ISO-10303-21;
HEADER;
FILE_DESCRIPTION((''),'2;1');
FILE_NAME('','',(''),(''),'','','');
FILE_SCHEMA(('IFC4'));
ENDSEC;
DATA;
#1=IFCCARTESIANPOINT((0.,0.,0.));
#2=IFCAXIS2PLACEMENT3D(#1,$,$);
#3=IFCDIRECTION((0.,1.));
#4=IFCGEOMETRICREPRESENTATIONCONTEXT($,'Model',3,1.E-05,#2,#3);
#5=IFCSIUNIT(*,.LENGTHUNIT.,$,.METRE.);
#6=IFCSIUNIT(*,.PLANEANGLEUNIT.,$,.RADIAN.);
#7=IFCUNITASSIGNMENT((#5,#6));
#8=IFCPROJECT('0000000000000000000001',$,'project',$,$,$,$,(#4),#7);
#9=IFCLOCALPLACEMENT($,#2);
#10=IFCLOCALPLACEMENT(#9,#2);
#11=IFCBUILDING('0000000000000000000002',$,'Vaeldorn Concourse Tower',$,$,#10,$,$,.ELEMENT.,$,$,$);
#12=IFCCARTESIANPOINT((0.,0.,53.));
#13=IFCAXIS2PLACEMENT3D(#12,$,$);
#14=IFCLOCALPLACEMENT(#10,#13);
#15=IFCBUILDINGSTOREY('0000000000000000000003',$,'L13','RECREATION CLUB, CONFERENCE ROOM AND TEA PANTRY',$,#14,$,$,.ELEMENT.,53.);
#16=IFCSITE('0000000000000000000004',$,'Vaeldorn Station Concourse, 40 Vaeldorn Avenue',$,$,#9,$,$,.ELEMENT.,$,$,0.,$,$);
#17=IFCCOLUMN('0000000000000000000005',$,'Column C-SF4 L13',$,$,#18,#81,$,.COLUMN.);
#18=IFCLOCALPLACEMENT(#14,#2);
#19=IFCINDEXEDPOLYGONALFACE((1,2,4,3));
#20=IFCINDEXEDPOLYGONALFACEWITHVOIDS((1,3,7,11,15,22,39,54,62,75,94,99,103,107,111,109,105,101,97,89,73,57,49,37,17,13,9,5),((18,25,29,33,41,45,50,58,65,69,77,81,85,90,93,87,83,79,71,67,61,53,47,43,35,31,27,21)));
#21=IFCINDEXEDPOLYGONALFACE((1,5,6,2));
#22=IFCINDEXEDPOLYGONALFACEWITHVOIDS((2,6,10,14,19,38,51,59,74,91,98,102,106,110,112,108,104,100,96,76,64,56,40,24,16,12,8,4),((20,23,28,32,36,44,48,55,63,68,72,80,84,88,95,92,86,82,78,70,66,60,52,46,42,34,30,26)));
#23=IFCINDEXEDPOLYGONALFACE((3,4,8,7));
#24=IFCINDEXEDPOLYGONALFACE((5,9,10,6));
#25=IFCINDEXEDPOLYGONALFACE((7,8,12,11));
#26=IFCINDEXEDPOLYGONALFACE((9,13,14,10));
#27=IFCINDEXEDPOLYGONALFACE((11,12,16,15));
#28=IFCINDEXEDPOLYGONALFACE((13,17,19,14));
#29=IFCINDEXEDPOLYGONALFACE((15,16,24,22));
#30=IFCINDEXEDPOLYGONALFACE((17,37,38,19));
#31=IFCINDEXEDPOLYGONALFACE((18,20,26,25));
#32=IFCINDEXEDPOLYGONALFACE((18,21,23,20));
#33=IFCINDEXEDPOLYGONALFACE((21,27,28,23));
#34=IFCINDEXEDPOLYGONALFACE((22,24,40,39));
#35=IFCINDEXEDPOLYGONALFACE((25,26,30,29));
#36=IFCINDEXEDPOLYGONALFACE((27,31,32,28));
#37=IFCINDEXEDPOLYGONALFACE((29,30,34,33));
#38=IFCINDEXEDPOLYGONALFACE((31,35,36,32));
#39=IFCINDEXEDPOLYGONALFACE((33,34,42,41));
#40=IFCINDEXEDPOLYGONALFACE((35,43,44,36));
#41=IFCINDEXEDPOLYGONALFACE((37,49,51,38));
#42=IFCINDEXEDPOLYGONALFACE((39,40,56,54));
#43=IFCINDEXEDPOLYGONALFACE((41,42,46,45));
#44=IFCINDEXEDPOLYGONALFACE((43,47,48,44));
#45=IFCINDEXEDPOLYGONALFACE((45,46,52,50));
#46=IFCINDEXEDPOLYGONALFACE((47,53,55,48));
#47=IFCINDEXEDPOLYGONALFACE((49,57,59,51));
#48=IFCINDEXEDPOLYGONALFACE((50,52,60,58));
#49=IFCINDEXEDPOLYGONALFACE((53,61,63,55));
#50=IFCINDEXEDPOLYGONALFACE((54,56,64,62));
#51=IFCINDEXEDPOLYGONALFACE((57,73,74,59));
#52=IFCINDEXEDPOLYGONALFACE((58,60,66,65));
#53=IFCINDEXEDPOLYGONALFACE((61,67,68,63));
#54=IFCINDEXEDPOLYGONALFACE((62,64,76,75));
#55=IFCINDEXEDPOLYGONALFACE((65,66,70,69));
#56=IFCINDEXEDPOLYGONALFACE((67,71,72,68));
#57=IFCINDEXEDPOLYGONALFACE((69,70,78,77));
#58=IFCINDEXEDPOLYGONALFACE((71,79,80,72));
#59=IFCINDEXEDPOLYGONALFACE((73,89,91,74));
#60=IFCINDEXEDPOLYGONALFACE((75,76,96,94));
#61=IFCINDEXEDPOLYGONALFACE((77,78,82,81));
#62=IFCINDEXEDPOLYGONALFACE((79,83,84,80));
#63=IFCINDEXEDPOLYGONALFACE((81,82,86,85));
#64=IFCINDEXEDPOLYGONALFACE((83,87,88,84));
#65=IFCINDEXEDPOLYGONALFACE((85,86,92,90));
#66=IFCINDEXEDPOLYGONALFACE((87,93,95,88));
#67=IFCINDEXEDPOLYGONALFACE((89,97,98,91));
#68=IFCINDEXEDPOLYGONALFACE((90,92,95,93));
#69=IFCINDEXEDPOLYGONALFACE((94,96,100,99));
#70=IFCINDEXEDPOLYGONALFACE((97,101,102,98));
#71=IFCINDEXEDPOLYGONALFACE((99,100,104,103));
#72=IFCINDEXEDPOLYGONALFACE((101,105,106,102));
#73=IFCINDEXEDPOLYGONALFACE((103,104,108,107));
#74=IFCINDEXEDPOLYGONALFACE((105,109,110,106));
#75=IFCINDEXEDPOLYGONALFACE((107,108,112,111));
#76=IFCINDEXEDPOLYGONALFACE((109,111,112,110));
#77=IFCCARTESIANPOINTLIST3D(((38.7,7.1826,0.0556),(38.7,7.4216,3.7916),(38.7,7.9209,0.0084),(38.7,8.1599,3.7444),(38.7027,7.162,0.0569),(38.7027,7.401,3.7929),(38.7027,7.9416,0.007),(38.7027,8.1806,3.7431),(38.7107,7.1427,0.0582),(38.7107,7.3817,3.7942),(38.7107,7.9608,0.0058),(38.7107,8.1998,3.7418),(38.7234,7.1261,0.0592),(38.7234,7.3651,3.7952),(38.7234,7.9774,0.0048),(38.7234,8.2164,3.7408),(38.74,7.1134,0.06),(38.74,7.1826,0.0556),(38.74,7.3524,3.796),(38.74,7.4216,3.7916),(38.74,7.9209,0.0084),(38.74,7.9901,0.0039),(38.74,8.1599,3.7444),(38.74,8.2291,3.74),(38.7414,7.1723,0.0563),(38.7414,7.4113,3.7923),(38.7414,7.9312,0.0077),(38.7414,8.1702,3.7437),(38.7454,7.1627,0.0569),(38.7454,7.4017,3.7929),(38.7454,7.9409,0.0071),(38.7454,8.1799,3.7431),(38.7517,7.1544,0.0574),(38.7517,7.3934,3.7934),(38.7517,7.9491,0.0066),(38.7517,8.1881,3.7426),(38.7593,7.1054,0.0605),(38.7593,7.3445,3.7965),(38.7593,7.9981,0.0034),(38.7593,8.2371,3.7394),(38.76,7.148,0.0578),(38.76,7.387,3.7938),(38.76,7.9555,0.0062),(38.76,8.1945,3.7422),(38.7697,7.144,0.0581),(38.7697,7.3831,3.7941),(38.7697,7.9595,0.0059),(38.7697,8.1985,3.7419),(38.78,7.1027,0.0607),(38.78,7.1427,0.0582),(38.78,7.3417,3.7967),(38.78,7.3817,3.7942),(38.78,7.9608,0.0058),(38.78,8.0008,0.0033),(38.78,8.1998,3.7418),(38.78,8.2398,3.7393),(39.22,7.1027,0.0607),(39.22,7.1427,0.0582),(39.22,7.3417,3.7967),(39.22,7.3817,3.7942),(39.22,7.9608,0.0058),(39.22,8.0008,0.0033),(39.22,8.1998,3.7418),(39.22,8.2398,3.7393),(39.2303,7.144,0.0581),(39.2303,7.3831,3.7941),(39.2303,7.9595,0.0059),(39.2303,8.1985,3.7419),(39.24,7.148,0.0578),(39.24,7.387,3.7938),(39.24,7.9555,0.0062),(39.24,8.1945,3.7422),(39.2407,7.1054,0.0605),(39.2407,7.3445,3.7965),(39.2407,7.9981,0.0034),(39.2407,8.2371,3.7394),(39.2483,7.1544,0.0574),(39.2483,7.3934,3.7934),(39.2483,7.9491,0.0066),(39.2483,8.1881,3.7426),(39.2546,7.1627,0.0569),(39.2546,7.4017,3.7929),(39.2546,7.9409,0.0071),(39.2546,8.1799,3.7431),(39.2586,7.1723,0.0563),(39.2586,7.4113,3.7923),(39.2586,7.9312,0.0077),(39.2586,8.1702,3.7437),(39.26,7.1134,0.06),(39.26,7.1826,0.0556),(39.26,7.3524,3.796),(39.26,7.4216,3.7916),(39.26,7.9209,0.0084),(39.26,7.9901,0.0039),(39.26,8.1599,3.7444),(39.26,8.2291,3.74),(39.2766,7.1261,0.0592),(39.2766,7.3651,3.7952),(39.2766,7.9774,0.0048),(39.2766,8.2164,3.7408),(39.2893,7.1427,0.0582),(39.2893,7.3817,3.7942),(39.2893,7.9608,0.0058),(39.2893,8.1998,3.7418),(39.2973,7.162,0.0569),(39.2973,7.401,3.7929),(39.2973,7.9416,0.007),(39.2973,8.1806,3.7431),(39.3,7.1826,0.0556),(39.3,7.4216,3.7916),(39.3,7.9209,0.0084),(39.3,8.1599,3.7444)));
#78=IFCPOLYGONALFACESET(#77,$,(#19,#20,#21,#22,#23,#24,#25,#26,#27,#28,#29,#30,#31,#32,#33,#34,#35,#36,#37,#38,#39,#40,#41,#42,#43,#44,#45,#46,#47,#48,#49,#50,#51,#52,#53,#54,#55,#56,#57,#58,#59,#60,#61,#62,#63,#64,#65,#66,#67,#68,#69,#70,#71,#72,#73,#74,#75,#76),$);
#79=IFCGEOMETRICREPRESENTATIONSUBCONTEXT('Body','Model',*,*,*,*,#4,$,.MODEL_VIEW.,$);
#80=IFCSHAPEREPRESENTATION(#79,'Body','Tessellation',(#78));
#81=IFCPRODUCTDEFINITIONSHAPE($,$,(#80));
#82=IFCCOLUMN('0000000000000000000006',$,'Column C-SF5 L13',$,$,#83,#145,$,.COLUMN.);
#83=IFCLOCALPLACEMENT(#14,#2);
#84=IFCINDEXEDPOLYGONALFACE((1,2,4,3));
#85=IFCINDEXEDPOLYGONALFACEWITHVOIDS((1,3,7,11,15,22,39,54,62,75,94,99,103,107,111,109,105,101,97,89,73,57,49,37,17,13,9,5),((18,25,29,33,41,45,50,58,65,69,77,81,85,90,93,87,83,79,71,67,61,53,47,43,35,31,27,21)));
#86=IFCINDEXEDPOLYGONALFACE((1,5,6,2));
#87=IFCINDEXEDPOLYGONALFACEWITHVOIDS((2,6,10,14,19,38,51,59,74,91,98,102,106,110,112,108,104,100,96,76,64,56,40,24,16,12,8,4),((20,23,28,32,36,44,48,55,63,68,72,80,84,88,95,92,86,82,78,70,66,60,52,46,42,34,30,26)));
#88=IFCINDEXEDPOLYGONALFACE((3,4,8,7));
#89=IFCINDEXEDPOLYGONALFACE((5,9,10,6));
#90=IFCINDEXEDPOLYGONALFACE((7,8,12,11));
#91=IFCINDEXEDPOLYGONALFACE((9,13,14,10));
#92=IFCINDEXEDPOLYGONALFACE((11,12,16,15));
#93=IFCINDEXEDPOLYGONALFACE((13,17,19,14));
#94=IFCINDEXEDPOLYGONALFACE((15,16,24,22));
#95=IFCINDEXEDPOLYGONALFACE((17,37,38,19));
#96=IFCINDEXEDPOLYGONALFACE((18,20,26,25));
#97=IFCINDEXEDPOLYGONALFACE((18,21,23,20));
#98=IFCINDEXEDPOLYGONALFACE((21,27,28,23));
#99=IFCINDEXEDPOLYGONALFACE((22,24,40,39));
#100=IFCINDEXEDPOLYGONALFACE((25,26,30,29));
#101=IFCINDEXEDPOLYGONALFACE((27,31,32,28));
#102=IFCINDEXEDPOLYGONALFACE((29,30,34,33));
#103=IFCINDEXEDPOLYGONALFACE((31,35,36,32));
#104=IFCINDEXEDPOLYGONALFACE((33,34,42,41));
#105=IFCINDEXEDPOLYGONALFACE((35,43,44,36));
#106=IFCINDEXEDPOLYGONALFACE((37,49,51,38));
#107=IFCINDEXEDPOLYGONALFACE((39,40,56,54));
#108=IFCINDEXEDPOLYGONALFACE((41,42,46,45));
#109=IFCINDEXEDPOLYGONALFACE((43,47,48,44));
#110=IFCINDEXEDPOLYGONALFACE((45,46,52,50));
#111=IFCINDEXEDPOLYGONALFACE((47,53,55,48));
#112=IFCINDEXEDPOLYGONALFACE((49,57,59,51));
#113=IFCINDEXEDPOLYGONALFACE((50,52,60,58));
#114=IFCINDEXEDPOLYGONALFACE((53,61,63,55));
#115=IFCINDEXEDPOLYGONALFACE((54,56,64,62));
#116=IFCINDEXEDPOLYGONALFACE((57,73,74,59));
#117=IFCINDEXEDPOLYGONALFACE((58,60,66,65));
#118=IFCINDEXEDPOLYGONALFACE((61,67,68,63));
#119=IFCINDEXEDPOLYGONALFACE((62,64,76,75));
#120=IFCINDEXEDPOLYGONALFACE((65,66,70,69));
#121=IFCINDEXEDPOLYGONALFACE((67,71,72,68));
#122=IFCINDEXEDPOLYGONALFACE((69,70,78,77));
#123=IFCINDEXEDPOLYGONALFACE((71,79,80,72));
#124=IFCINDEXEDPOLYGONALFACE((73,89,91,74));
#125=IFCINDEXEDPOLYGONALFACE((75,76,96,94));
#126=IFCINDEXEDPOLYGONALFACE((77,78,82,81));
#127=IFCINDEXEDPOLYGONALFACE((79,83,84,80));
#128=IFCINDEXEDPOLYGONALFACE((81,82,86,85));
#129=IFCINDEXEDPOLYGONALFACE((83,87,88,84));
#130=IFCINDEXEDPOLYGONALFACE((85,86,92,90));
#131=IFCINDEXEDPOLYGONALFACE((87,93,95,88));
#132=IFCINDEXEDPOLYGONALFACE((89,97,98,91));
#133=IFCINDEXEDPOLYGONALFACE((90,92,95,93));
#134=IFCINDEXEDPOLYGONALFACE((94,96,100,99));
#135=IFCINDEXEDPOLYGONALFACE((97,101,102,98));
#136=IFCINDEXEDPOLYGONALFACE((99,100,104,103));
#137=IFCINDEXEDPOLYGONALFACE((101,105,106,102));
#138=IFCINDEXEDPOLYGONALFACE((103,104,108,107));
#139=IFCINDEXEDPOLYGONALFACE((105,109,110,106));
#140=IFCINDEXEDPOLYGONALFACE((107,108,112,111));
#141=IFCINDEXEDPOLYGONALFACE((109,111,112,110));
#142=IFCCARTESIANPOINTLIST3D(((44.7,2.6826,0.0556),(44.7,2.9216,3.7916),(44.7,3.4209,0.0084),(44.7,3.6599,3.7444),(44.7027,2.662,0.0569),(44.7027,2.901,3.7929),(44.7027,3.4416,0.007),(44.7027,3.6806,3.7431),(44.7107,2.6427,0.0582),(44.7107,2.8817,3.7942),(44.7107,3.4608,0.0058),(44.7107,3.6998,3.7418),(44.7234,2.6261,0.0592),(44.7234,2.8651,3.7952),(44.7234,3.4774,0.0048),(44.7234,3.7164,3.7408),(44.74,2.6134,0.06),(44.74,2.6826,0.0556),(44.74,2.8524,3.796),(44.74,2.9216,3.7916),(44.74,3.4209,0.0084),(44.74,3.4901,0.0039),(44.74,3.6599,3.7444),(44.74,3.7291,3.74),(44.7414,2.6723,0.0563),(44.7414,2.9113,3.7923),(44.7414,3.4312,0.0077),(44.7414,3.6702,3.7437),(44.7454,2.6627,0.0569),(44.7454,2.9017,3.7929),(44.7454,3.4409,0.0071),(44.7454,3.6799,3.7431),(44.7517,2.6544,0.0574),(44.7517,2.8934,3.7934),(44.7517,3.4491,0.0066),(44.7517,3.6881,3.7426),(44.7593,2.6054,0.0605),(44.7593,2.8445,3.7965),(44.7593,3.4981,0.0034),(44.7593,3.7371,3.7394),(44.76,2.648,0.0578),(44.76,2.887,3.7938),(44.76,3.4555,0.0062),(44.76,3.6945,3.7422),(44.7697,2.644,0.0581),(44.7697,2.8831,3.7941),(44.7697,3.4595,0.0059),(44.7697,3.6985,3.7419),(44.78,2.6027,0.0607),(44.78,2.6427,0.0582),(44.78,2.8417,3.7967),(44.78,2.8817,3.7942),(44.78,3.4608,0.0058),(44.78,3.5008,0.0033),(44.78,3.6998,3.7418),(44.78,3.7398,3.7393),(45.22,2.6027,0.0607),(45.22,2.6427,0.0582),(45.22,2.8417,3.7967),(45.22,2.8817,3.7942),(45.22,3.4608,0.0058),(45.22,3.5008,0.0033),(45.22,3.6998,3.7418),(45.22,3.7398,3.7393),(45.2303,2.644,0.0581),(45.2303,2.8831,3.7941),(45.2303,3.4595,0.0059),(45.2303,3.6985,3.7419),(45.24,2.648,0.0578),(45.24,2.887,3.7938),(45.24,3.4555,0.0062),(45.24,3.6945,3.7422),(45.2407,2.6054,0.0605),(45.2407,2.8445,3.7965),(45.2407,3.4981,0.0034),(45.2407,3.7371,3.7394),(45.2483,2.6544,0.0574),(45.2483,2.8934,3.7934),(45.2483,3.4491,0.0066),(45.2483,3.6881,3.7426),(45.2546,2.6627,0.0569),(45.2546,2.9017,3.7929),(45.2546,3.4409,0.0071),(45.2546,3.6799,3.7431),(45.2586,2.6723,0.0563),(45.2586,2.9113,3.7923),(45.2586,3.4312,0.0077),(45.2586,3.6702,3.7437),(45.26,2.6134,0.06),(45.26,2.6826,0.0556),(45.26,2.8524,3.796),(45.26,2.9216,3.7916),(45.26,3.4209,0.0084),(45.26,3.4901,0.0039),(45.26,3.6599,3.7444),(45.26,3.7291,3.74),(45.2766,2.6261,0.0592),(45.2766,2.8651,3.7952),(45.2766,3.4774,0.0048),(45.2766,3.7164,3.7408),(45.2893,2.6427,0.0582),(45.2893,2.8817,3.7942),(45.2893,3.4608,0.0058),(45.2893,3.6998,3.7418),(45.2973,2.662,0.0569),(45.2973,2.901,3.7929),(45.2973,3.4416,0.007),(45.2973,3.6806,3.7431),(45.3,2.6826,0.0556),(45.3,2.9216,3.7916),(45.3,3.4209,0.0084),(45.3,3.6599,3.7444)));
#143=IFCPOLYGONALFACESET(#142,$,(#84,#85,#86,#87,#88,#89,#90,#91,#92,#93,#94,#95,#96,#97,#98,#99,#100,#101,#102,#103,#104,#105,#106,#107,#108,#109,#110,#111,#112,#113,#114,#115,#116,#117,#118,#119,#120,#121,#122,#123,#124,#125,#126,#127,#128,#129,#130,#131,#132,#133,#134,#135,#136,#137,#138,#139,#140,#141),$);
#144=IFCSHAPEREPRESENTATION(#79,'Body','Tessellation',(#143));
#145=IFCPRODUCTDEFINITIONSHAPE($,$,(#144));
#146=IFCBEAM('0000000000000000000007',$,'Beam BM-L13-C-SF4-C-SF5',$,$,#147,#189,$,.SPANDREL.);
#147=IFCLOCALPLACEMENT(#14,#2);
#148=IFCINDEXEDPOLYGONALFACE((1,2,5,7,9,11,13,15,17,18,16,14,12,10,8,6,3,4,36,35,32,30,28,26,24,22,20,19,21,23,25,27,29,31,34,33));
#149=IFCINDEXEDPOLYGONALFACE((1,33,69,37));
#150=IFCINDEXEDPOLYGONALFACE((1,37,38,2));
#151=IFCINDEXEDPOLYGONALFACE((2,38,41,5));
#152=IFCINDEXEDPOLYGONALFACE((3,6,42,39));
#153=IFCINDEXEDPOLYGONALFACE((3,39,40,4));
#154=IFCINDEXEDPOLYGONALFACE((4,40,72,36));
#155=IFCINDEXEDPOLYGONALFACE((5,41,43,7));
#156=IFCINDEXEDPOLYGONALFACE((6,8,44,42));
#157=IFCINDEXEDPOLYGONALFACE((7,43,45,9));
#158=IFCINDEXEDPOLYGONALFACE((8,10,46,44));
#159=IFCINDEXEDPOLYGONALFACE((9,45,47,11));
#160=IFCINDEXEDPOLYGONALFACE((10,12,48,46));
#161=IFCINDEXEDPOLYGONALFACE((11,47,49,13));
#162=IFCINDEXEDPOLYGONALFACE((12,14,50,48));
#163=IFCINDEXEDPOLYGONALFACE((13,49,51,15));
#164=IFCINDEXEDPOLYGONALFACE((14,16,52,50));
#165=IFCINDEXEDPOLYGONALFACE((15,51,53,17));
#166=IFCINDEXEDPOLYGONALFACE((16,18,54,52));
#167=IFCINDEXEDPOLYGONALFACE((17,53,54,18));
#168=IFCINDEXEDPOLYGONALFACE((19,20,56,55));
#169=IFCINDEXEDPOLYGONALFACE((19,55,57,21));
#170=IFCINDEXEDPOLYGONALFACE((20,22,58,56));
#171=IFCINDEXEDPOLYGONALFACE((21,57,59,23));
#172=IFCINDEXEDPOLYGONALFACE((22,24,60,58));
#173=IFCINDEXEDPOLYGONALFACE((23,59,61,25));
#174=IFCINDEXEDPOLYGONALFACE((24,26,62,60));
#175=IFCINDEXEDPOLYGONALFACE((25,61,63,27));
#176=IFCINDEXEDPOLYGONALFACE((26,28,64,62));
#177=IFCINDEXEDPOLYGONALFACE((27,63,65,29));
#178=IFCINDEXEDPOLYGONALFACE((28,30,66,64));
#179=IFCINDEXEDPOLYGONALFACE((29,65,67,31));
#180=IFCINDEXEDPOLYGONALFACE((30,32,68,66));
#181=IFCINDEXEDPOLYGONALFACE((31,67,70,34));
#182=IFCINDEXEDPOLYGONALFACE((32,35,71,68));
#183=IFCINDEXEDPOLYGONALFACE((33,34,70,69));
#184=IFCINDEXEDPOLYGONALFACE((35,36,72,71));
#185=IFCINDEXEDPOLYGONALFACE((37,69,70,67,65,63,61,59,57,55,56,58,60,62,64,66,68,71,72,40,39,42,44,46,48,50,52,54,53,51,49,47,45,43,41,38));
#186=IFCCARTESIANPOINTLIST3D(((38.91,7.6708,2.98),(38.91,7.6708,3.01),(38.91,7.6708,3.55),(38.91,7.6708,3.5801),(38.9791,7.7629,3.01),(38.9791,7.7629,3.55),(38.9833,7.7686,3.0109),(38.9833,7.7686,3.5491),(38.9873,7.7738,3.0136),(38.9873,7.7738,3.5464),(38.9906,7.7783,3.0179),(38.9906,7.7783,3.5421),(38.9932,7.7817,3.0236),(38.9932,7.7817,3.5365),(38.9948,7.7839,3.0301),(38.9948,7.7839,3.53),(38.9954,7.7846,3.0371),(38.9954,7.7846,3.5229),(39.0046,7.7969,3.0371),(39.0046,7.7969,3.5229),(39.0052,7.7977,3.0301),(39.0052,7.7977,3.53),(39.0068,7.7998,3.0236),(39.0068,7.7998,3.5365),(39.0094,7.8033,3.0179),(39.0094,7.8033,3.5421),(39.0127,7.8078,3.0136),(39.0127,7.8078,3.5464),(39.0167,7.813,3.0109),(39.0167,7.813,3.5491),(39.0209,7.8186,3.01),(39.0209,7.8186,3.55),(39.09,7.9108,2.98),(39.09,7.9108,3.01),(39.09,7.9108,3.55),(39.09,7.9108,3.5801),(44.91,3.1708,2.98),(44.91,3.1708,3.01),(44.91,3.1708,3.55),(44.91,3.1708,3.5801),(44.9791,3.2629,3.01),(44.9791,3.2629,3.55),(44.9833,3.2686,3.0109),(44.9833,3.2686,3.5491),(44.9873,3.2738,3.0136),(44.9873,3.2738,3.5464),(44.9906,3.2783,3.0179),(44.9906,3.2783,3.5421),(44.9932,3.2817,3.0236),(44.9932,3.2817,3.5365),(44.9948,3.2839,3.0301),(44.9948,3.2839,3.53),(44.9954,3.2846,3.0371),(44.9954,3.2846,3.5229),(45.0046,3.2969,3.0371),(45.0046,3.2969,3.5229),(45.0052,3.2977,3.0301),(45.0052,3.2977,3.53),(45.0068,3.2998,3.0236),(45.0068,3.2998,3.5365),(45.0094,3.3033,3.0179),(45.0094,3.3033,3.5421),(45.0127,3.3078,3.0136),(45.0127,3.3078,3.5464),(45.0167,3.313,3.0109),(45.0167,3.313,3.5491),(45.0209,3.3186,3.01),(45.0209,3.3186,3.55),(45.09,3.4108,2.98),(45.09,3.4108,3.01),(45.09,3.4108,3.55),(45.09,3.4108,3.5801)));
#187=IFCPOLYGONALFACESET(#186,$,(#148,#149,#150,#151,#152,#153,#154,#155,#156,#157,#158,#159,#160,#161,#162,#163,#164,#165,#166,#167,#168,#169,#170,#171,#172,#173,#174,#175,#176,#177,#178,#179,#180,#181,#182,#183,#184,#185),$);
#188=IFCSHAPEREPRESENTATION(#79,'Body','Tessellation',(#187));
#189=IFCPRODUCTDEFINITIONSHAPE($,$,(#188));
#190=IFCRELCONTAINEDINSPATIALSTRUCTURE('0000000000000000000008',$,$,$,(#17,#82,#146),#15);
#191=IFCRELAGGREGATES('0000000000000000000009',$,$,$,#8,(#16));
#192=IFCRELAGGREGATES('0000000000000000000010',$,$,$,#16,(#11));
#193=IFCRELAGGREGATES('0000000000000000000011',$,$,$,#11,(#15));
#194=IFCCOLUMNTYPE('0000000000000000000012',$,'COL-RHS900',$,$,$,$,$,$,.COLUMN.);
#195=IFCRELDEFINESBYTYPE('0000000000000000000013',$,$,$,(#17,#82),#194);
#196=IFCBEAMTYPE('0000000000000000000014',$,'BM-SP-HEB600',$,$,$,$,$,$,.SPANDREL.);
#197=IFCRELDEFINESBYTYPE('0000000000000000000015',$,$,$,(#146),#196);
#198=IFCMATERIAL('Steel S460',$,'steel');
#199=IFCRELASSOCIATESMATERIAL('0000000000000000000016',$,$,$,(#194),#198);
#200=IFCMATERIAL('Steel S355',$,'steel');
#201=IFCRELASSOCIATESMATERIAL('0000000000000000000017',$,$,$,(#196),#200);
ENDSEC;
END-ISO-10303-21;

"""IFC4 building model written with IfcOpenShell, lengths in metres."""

from ifc_helpers import new_model, si_unit, direction, frame, origin, origin_2d, place, context, subcontext, project, spatial, hollow_rectangle, i_section, extrude, source, transform, mapped, material, material_profile, profile_set, type_object, element, save


model = new_model("IFC4")

# Units and contexts
model_context = context("Model", 3, precision=1e-05, world=origin(), true_north=direction((0.0, 1.0)))
body_context = subcontext(model_context, "Body", "Model", "MODEL_VIEW")
ifc_project = project(units=[si_unit("LENGTHUNIT", "METRE"), si_unit("PLANEANGLEUNIT", "RADIAN")], contexts=[model_context])

# Site, building, storey
site_placement = place(None, origin())
site = spatial("IfcSite", under=ifc_project, at=site_placement, Name="Vaeldorn Station Concourse, 40 Vaeldorn Avenue", CompositionType="ELEMENT", RefElevation=0.0)
building_placement = place(site_placement, origin())
building = spatial("IfcBuilding", under=site, at=building_placement, Name="Vaeldorn Concourse Tower", CompositionType="ELEMENT")
storey_placement = place(building_placement, frame((0.0, 0.0, 53.0)))
storey = spatial("IfcBuildingStorey", under=building, at=storey_placement, Name="L13", Description="RECREATION CLUB, CONFERENCE ROOM AND TEA PANTRY", CompositionType="ELEMENT", Elevation=53.0)

# Columns
ifc_material_1 = material(Name="Steel S460", Category="steel")
ifc_material_profile_1 = material_profile(ifc_material_1, hollow_rectangle(XDim=0.6001, YDim=0.8999, WallThickness=0.04, InnerFilletRadius=0.04, OuterFilletRadius=0.0801, at=origin_2d()), Name="RHS 900x600x40")
ifc_profile_set_1 = profile_set([ifc_material_profile_1], Name="Steel S460")
column_type = type_object("IfcColumnType", Name="COL-RHS900", PredefinedType="COLUMN", material=ifc_profile_set_1)
shared_shape_1 = source(origin(), body_context, "Body", "SweptSolid", [
    extrude(hollow_rectangle(XDim=0.6001, YDim=0.8999, WallThickness=0.04, InnerFilletRadius=0.04, OuterFilletRadius=0.0801, at=origin_2d()), origin(), (0.0, 0.0, 1.0), 3.7437),
])
for number, where, z_axis, x_axis, name in (
    (1, (39.0, 7.5518, 0.032), (0.0, 0.063844, 0.99796), (-1.0, 0.0, 0.0), "Column C-SF4 L13"),
    (2, (45.0, 3.0518, 0.032), (0.0, 0.063844, 0.99796), (-1.0, 0.0, 0.0), "Column C-SF5 L13"),
):
    element("IfcColumn", number, at=place(storey_placement, frame(where, z_axis=z_axis, x_axis=x_axis)), inside=storey, type_object=column_type, Name=name, PredefinedType="COLUMN", context=body_context, shape_type="MappedRepresentation", body=[
        mapped(shared_shape_1, transform((0.0, 0.0, 0.0), scale=1.0)),
    ])

# Beam
ifc_material_2 = material(Name="Steel S355", Category="steel")
ifc_material_profile_2 = material_profile(ifc_material_2, i_section(OverallWidth=0.3, OverallDepth=0.6001, WebThickness=0.0154, FlangeThickness=0.03, FilletRadius=0.0271, at=origin_2d()), Name="HEB 600")
ifc_profile_set_2 = profile_set([ifc_material_profile_2], Name="Steel S355")
beam_type_1 = type_object("IfcBeamType", Name="BM-SP-HEB600", PredefinedType="SPANDREL", material=ifc_profile_set_2)
shared_shape_2 = source(origin(), body_context, "Body", "SweptSolid", [
    extrude(i_section(OverallWidth=0.3, OverallDepth=0.6001, WebThickness=0.0154, FlangeThickness=0.03, FilletRadius=0.0271, at=origin_2d()), origin(), (0.0, 0.0, 1.0), 7.5),
])
beam_1_placement = place(storey_placement, frame((39.0, 7.7908, 3.28), z_axis=(0.8, -0.6, 0.0), x_axis=(0.6, 0.8, 0.0)))
element("IfcBeam", 3, at=beam_1_placement, inside=storey, type_object=beam_type_1, Name="Beam BM-L13-C-SF4-C-SF5", PredefinedType="SPANDREL", context=body_context, shape_type="MappedRepresentation", body=[
    mapped(shared_shape_2, transform((0.0, 0.0, 0.0), scale=1.0)),
])

save(model, "model.ifc")
